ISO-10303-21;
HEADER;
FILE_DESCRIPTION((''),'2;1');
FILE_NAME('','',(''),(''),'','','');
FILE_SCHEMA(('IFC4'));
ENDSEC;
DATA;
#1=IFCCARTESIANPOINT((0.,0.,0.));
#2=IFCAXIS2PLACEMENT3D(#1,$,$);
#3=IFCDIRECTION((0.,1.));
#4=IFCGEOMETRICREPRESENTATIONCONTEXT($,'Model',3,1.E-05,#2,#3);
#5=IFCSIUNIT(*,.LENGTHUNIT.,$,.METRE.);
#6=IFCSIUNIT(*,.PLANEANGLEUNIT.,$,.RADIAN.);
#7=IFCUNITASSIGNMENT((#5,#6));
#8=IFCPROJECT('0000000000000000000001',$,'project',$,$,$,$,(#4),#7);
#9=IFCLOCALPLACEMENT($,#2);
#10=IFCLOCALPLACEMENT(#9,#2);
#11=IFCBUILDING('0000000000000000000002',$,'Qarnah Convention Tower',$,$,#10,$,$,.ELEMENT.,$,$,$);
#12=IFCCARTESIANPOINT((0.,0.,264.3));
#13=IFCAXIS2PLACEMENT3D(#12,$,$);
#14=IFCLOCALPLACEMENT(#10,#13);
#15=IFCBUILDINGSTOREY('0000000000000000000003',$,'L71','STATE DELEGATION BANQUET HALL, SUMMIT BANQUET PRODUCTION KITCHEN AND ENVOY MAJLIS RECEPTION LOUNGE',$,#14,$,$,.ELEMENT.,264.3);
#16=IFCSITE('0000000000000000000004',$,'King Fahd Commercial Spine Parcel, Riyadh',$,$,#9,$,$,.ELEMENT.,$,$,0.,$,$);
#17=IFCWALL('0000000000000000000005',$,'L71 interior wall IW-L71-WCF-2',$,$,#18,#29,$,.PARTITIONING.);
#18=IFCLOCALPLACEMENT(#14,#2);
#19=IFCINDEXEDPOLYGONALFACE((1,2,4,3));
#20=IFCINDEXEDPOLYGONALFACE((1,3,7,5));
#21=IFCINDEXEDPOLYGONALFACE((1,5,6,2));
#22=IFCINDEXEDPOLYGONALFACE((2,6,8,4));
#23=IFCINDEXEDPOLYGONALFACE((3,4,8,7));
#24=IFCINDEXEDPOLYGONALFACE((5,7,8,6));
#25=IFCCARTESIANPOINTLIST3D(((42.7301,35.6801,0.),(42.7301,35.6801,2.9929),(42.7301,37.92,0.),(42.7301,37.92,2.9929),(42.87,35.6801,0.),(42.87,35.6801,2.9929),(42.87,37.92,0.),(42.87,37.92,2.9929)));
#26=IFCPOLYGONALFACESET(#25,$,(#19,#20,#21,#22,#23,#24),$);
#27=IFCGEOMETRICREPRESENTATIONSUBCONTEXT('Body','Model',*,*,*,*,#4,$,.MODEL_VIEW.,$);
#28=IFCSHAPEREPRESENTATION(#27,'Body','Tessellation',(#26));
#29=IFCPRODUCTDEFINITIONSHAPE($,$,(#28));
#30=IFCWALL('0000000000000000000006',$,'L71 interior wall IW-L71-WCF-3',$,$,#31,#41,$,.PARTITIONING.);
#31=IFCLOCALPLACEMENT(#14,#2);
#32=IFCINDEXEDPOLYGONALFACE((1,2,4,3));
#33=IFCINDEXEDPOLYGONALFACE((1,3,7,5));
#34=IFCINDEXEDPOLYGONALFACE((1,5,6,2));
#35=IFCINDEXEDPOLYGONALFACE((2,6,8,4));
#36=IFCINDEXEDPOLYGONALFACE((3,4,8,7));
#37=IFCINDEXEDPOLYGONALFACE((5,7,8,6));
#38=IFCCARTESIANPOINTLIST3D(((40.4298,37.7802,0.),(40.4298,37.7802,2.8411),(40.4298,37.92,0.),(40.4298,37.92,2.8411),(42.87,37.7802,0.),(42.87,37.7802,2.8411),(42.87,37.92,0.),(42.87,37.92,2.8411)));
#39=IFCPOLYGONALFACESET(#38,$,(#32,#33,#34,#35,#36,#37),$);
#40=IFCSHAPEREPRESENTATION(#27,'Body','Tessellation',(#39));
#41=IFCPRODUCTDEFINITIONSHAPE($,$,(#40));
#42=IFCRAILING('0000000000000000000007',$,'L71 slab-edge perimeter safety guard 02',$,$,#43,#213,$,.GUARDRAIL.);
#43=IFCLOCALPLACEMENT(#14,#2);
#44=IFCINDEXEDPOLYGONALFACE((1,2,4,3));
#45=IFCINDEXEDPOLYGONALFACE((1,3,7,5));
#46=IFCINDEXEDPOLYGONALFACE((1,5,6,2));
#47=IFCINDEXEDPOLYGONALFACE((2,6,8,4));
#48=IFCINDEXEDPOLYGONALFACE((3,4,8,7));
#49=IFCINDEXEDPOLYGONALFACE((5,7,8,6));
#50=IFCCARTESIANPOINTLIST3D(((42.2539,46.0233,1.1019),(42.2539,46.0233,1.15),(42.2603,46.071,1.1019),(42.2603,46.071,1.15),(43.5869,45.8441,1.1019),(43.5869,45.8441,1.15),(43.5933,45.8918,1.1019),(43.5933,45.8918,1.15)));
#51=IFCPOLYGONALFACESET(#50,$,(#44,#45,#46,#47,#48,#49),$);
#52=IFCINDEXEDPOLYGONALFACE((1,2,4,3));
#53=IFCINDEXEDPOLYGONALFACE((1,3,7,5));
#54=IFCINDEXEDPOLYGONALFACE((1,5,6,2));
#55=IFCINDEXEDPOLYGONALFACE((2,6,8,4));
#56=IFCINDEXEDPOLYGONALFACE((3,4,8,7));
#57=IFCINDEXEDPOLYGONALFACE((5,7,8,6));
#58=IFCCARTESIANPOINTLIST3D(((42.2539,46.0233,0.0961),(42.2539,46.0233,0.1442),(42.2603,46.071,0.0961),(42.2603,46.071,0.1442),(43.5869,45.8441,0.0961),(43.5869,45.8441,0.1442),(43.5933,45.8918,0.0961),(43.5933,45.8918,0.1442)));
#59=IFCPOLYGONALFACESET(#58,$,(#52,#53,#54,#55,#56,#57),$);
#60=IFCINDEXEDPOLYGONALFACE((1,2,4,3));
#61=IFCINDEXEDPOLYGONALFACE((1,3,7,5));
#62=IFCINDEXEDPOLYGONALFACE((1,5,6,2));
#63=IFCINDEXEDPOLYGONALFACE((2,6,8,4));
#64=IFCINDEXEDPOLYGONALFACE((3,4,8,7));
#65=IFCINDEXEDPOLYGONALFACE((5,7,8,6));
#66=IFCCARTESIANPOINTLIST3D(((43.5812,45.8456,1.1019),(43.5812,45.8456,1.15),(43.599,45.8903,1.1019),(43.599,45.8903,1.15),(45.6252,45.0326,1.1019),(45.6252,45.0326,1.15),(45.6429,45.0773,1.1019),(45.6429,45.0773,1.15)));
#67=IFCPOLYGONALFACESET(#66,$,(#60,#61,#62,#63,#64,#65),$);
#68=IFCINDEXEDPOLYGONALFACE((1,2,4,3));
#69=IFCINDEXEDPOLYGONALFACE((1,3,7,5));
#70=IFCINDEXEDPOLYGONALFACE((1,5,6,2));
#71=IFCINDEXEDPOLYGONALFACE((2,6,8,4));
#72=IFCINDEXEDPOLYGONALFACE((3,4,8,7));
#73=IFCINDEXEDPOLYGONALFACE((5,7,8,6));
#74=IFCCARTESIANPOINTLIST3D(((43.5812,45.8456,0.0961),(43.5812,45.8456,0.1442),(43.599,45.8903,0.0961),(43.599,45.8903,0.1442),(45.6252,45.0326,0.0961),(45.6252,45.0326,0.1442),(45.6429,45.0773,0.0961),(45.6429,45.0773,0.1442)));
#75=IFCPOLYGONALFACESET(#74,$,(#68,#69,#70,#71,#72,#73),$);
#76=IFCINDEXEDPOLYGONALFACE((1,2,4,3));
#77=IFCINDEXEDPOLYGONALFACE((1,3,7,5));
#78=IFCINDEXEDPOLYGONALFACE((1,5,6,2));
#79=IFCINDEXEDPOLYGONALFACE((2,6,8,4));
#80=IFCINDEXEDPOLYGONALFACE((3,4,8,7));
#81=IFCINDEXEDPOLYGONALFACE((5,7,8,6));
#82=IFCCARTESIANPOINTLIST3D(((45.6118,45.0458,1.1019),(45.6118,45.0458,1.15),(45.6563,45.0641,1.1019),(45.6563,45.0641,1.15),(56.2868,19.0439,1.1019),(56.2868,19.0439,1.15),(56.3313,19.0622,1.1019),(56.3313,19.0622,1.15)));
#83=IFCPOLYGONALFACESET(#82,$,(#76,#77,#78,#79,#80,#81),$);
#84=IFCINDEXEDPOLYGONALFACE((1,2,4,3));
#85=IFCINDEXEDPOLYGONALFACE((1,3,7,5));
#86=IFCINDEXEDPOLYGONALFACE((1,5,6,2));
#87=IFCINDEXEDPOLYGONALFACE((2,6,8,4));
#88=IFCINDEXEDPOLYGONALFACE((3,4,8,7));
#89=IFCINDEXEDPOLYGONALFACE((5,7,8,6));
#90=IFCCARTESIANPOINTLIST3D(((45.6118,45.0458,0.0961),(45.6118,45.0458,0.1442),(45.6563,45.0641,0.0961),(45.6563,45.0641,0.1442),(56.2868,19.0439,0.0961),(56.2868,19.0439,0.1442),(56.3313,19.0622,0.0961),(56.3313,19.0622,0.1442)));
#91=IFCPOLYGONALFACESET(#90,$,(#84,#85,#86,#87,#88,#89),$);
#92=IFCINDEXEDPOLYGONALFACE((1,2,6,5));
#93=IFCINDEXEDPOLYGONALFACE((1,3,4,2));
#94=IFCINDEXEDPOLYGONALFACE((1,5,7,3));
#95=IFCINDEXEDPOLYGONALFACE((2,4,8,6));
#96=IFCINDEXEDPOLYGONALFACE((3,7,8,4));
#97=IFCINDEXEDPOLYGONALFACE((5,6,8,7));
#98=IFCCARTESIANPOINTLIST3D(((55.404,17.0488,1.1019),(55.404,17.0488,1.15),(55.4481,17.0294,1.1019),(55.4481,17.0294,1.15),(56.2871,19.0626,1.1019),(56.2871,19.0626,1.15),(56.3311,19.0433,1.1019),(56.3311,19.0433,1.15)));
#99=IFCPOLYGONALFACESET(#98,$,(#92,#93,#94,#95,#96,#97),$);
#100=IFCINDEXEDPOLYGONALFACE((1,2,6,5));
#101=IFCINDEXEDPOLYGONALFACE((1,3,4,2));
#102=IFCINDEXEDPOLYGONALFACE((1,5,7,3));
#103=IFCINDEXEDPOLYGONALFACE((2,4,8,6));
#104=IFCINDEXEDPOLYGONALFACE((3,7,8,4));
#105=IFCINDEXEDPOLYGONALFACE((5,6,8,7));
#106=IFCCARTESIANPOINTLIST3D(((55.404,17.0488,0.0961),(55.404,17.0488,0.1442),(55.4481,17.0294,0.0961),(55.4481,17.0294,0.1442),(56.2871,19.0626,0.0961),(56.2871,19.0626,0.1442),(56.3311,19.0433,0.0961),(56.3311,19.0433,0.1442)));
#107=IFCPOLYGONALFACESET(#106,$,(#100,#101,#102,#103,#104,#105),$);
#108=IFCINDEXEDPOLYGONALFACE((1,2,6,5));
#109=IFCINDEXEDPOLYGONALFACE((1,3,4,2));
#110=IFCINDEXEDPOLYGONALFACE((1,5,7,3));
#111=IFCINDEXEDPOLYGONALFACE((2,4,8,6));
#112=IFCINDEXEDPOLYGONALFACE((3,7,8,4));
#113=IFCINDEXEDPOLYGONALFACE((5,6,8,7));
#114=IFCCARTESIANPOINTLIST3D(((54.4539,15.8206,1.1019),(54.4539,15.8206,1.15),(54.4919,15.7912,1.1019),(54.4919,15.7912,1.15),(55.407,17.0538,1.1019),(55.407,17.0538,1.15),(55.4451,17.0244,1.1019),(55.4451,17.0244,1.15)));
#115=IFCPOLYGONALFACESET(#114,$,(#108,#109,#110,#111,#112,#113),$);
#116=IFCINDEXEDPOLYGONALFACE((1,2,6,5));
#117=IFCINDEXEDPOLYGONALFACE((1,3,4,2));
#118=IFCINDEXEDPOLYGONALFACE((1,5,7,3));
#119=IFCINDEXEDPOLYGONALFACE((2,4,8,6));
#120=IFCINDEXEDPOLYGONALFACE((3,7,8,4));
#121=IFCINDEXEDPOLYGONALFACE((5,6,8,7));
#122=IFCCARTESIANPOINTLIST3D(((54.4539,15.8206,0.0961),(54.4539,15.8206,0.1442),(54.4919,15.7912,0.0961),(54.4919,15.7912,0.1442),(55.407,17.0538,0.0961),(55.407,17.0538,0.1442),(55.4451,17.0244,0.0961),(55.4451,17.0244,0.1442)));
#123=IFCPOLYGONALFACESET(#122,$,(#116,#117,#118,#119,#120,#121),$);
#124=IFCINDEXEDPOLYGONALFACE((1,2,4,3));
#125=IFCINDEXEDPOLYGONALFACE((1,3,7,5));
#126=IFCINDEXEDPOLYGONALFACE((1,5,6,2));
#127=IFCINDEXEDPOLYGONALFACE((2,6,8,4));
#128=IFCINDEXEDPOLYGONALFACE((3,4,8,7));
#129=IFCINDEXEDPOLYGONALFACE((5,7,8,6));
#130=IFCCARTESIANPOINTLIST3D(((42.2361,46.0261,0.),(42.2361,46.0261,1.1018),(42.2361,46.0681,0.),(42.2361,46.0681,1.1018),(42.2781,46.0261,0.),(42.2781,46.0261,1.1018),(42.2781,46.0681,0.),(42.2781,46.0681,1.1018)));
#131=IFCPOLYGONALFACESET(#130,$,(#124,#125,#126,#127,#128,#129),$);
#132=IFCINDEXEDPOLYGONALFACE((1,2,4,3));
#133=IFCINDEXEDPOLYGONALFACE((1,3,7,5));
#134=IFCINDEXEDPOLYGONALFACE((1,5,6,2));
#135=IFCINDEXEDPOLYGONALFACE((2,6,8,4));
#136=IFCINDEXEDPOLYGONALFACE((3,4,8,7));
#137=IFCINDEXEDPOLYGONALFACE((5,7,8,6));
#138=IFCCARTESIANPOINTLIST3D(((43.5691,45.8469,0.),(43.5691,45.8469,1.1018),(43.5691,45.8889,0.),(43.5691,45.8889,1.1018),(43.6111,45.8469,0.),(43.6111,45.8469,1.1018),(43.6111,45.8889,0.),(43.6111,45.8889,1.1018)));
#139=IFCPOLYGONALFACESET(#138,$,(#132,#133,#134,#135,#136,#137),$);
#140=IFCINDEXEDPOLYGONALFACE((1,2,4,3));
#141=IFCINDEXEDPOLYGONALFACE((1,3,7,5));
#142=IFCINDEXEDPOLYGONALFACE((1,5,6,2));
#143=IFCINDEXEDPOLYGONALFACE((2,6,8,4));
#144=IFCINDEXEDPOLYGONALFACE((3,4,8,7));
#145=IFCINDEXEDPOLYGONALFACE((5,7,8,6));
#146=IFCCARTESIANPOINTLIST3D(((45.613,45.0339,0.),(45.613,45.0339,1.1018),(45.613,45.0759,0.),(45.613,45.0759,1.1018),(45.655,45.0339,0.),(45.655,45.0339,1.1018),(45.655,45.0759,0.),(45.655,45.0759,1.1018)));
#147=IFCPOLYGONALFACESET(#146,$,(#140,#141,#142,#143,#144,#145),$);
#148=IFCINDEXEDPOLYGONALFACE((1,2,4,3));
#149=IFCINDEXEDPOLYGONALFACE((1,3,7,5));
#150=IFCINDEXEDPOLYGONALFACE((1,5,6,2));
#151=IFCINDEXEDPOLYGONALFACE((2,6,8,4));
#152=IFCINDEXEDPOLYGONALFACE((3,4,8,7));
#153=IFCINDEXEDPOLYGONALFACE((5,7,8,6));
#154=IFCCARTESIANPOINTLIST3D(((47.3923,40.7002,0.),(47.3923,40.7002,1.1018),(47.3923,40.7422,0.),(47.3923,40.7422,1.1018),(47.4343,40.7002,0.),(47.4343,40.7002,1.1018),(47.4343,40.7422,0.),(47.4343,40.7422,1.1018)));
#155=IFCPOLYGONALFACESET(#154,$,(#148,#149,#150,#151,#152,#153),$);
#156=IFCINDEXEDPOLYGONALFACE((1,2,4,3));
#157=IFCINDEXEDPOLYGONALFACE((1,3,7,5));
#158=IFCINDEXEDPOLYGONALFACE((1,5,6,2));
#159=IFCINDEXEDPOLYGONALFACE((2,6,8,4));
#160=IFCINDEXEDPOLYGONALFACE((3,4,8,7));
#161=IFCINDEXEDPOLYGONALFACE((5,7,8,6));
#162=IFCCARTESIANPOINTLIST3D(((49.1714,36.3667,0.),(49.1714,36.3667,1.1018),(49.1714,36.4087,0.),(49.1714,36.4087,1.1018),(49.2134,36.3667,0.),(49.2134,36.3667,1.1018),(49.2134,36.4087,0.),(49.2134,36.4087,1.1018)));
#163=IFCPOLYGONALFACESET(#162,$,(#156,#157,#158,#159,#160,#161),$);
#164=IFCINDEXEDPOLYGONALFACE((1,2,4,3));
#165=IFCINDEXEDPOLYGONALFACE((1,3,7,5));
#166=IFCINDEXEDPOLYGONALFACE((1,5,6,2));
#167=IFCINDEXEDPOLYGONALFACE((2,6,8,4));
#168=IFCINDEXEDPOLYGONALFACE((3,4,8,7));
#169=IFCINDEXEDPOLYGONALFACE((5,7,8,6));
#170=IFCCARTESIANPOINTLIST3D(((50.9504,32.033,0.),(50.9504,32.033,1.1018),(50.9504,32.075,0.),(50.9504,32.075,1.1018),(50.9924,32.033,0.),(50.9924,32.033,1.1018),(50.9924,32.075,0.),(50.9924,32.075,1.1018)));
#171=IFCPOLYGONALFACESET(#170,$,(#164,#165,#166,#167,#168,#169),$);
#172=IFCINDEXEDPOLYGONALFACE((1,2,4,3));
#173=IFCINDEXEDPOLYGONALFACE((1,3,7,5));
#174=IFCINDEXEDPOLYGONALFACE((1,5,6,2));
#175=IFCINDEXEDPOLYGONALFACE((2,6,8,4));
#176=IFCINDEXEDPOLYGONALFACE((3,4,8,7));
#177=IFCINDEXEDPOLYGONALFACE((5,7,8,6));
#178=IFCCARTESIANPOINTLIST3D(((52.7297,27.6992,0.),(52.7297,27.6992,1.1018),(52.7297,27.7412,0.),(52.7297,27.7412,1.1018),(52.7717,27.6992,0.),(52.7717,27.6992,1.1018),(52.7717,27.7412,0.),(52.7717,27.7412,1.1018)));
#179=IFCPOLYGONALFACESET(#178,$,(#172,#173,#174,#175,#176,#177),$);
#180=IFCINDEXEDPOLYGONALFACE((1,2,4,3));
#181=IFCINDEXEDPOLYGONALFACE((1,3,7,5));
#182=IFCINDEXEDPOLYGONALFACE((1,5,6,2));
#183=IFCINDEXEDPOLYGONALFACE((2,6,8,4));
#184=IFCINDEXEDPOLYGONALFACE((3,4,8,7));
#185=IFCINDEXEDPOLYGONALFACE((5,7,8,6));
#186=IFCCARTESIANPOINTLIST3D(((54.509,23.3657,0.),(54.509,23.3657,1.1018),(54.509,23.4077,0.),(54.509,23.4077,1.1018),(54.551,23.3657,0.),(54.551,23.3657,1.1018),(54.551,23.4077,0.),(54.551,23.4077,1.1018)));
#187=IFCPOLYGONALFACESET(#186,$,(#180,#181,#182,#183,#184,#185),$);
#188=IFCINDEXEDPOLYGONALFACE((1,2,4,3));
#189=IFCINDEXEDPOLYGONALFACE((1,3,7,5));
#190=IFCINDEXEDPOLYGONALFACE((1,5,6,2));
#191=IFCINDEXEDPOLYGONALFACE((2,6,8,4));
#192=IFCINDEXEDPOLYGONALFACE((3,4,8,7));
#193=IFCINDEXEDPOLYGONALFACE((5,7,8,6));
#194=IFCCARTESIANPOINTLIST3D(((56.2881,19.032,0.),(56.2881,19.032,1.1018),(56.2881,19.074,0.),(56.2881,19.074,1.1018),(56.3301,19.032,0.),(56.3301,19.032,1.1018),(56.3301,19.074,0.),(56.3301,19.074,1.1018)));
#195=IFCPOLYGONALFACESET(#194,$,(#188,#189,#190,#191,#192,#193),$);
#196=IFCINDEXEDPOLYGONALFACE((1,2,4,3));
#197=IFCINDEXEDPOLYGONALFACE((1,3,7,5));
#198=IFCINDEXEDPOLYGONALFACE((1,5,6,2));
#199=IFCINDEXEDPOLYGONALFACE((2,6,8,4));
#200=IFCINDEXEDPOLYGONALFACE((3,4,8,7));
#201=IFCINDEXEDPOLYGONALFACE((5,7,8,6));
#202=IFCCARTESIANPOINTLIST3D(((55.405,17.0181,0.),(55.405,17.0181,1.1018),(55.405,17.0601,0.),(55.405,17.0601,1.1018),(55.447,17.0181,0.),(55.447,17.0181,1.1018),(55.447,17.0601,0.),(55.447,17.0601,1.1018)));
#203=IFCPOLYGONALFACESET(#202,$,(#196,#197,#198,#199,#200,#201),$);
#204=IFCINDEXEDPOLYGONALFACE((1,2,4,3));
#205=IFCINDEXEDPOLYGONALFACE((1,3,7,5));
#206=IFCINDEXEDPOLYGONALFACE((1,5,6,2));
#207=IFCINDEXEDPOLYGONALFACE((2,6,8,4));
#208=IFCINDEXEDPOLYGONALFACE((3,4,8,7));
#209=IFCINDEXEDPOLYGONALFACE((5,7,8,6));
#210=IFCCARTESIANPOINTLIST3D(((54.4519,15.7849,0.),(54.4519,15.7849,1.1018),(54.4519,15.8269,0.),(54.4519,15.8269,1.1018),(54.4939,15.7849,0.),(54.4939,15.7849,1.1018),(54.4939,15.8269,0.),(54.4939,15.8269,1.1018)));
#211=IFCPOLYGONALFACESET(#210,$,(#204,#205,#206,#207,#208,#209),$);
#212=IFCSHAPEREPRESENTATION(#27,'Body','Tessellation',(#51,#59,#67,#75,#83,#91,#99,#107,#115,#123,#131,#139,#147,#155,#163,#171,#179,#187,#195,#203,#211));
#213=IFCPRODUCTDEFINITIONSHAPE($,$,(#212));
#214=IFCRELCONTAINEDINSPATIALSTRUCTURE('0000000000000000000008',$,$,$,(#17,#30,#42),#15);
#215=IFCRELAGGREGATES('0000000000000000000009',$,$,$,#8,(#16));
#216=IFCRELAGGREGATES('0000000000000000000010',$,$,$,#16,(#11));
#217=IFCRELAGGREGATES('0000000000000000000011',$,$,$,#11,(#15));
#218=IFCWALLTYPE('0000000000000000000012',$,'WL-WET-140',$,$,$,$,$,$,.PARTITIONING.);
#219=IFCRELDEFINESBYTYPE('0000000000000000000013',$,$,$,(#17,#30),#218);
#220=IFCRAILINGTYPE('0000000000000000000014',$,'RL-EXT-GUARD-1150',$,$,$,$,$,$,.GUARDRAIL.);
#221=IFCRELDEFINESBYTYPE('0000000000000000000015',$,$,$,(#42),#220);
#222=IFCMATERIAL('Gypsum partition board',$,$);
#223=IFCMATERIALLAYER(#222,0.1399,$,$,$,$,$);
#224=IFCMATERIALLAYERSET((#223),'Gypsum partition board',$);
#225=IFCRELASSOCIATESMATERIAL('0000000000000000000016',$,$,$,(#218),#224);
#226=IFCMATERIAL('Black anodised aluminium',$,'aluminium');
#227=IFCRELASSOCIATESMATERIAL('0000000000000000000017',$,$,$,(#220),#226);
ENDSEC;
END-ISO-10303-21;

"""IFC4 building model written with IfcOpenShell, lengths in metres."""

from ifc_helpers import new_model, si_unit, direction, frame, frame_2d, origin, origin_2d, place, context, subcontext, project, spatial, rectangle, extrude, material, layer, layer_set, type_object, element, save


model = new_model("IFC4")

# Units and contexts
model_context = context("Model", 3, precision=1e-05, world=origin(), true_north=direction((0.0, 1.0)))
body_context = subcontext(model_context, "Body", "Model", "MODEL_VIEW")
ifc_project = project(units=[si_unit("LENGTHUNIT", "METRE"), si_unit("PLANEANGLEUNIT", "RADIAN")], contexts=[model_context])

# Site, building, storey
site_placement = place(None, origin())
site = spatial("IfcSite", under=ifc_project, at=site_placement, Name="King Fahd Commercial Spine Parcel, Riyadh", CompositionType="ELEMENT", RefElevation=0.0)
building_placement = place(site_placement, origin())
building = spatial("IfcBuilding", under=site, at=building_placement, Name="Qarnah Convention Tower", CompositionType="ELEMENT")
storey_placement = place(building_placement, frame((0.0, 0.0, 264.3)))
storey = spatial("IfcBuildingStorey", under=building, at=storey_placement, Name="L71", Description="STATE DELEGATION BANQUET HALL, SUMMIT BANQUET PRODUCTION KITCHEN AND ENVOY MAJLIS RECEPTION LOUNGE", CompositionType="ELEMENT", Elevation=264.3)

# Shared definitions
ifc_material_1 = material(Name="Black anodised aluminium", Category="aluminium")

# Shared definitions
ifc_material_2 = material(Name="Gypsum partition board")

# Shared definitions
ifc_layer_1 = layer(ifc_material_2, 0.1399)
ifc_layer_set_1 = layer_set([ifc_layer_1], Name="Gypsum partition board")
wall_type_1 = type_object("IfcWallType", Name="WL-WET-140", PredefinedType="PARTITIONING", material=ifc_layer_set_1)

# Walls
wall_1_placement = place(storey_placement, frame((42.8, 35.6799, 0.0), z_axis=(0.0, 0.0, 1.0), x_axis=(0.0, 1.0, 0.0)))
element("IfcWall", 1, at=wall_1_placement, inside=storey, type_object=wall_type_1, Name="L71 interior wall IW-L71-WCF-2", PredefinedType="PARTITIONING", context=body_context, shape_type="SweptSolid", body=[
    extrude(rectangle(XDim=2.24, YDim=0.1399, at=frame_2d((1.1201, 0.0))), origin(), (0.0, 0.0, 1.0), 2.9929),
])
wall_2_placement = place(storey_placement, frame((42.8701, 37.8501, 0.0), z_axis=(0.0, 0.0, 1.0), x_axis=(-1.0, 0.0, 0.0)))
element("IfcWall", 2, at=wall_2_placement, inside=storey, type_object=wall_type_1, Name="L71 interior wall IW-L71-WCF-3", PredefinedType="PARTITIONING", context=body_context, shape_type="SweptSolid", body=[
    extrude(rectangle(XDim=2.4402, YDim=0.1399, at=frame_2d((1.2202, 0.0))), origin(), (0.0, 0.0, 1.0), 2.8411),
])

# Railing
railing_type = type_object("IfcRailingType", Name="RL-EXT-GUARD-1150", PredefinedType="GUARDRAIL", material=ifc_material_1)
railing_1_placement = place(storey_placement, frame((42.2571, 46.0471, 0.0)))
element("IfcRailing", 3, at=railing_1_placement, inside=storey, type_object=railing_type, Name="L71 slab-edge perimeter safety guard 02", PredefinedType="GUARDRAIL", context=body_context, shape_type="SweptSolid", body=[
    extrude(rectangle(XDim=0.0481, YDim=0.0481, at=origin_2d()), frame((0.0, 0.0, 1.126), z_axis=(0.991085, -0.133234, 0.0), x_axis=(0.133234, 0.991085, 0.0)), (0.0, 0.0, 1.0), 1.345),
    extrude(rectangle(XDim=0.0481, YDim=0.0481, at=origin_2d()), frame((0.0, 0.0, 0.1201), z_axis=(0.991085, -0.133234, 0.0), x_axis=(0.133234, 0.991085, 0.0)), (0.0, 0.0, 1.0), 1.345),
    extrude(rectangle(XDim=0.0481, YDim=0.0481, at=origin_2d()), frame((1.333, -0.1792, 1.126), z_axis=(0.929194, -0.369591, 0.0), x_axis=(0.369591, 0.929194, 0.0)), (0.0, 0.0, 1.0), 2.1997),
    extrude(rectangle(XDim=0.0481, YDim=0.0481, at=origin_2d()), frame((1.333, -0.1792, 0.1201), z_axis=(0.929194, -0.369591, 0.0), x_axis=(0.369591, 0.929194, 0.0)), (0.0, 0.0, 1.0), 2.1997),
    extrude(rectangle(XDim=0.0481, YDim=0.0481, at=origin_2d()), frame((3.377, -0.9922, 1.126), z_axis=(0.379787, -0.925074, 0.0), x_axis=(0.925074, 0.379787, 0.0)), (0.0, 0.0, 1.0), 28.1079),
    extrude(rectangle(XDim=0.0481, YDim=0.0481, at=origin_2d()), frame((3.377, -0.9922, 0.1201), z_axis=(0.379787, -0.925074, 0.0), x_axis=(0.925074, 0.379787, 0.0)), (0.0, 0.0, 1.0), 28.1079),
    extrude(rectangle(XDim=0.0481, YDim=0.0481, at=origin_2d()), frame((14.052, -26.9941, 1.126), z_axis=(-0.40157, -0.915828, 0.0), x_axis=(0.915828, -0.40157, 0.0)), (0.0, 0.0, 1.0), 2.199),
    extrude(rectangle(XDim=0.0481, YDim=0.0481, at=origin_2d()), frame((14.052, -26.9941, 0.1201), z_axis=(-0.40157, -0.915828, 0.0), x_axis=(0.915828, -0.40157, 0.0)), (0.0, 0.0, 1.0), 2.199),
    extrude(rectangle(XDim=0.0481, YDim=0.0481, at=origin_2d()), frame((13.1689, -29.0081, 1.126), z_axis=(-0.611541, -0.791213, 0.0), x_axis=(0.791213, -0.611541, 0.0)), (0.0, 0.0, 1.0), 1.5586),
    extrude(rectangle(XDim=0.0481, YDim=0.0481, at=origin_2d()), frame((13.1689, -29.0081, 0.1201), z_axis=(-0.611541, -0.791213, 0.0), x_axis=(0.791213, -0.611541, 0.0)), (0.0, 0.0, 1.0), 1.5586),
    extrude(rectangle(XDim=0.042, YDim=0.042, at=origin_2d()), origin(), (0.0, 0.0, 1.0), 1.1018),
    extrude(rectangle(XDim=0.042, YDim=0.042, at=origin_2d()), frame((1.333, -0.1792, 0.0)), (0.0, 0.0, 1.0), 1.1018),
    extrude(rectangle(XDim=0.042, YDim=0.042, at=origin_2d()), frame((3.377, -0.9922, 0.0)), (0.0, 0.0, 1.0), 1.1018),
    extrude(rectangle(XDim=0.042, YDim=0.042, at=origin_2d()), frame((5.1562, -5.3259, 0.0)), (0.0, 0.0, 1.0), 1.1018),
    extrude(rectangle(XDim=0.042, YDim=0.042, at=origin_2d()), frame((6.9353, -9.6594, 0.0)), (0.0, 0.0, 1.0), 1.1018),
    extrude(rectangle(XDim=0.042, YDim=0.042, at=origin_2d()), frame((8.7144, -13.9932, 0.0)), (0.0, 0.0, 1.0), 1.1018),
    extrude(rectangle(XDim=0.042, YDim=0.042, at=origin_2d()), frame((10.4937, -18.3269, 0.0)), (0.0, 0.0, 1.0), 1.1018),
    extrude(rectangle(XDim=0.042, YDim=0.042, at=origin_2d()), frame((12.2729, -22.6604, 0.0)), (0.0, 0.0, 1.0), 1.1018),
    extrude(rectangle(XDim=0.042, YDim=0.042, at=origin_2d()), frame((14.052, -26.9941, 0.0)), (0.0, 0.0, 1.0), 1.1018),
    extrude(rectangle(XDim=0.042, YDim=0.042, at=origin_2d()), frame((13.1689, -29.0081, 0.0)), (0.0, 0.0, 1.0), 1.1018),
    extrude(rectangle(XDim=0.042, YDim=0.042, at=origin_2d()), frame((12.2158, -30.2412, 0.0)), (0.0, 0.0, 1.0), 1.1018),
])

save(model, "model.ifc")
